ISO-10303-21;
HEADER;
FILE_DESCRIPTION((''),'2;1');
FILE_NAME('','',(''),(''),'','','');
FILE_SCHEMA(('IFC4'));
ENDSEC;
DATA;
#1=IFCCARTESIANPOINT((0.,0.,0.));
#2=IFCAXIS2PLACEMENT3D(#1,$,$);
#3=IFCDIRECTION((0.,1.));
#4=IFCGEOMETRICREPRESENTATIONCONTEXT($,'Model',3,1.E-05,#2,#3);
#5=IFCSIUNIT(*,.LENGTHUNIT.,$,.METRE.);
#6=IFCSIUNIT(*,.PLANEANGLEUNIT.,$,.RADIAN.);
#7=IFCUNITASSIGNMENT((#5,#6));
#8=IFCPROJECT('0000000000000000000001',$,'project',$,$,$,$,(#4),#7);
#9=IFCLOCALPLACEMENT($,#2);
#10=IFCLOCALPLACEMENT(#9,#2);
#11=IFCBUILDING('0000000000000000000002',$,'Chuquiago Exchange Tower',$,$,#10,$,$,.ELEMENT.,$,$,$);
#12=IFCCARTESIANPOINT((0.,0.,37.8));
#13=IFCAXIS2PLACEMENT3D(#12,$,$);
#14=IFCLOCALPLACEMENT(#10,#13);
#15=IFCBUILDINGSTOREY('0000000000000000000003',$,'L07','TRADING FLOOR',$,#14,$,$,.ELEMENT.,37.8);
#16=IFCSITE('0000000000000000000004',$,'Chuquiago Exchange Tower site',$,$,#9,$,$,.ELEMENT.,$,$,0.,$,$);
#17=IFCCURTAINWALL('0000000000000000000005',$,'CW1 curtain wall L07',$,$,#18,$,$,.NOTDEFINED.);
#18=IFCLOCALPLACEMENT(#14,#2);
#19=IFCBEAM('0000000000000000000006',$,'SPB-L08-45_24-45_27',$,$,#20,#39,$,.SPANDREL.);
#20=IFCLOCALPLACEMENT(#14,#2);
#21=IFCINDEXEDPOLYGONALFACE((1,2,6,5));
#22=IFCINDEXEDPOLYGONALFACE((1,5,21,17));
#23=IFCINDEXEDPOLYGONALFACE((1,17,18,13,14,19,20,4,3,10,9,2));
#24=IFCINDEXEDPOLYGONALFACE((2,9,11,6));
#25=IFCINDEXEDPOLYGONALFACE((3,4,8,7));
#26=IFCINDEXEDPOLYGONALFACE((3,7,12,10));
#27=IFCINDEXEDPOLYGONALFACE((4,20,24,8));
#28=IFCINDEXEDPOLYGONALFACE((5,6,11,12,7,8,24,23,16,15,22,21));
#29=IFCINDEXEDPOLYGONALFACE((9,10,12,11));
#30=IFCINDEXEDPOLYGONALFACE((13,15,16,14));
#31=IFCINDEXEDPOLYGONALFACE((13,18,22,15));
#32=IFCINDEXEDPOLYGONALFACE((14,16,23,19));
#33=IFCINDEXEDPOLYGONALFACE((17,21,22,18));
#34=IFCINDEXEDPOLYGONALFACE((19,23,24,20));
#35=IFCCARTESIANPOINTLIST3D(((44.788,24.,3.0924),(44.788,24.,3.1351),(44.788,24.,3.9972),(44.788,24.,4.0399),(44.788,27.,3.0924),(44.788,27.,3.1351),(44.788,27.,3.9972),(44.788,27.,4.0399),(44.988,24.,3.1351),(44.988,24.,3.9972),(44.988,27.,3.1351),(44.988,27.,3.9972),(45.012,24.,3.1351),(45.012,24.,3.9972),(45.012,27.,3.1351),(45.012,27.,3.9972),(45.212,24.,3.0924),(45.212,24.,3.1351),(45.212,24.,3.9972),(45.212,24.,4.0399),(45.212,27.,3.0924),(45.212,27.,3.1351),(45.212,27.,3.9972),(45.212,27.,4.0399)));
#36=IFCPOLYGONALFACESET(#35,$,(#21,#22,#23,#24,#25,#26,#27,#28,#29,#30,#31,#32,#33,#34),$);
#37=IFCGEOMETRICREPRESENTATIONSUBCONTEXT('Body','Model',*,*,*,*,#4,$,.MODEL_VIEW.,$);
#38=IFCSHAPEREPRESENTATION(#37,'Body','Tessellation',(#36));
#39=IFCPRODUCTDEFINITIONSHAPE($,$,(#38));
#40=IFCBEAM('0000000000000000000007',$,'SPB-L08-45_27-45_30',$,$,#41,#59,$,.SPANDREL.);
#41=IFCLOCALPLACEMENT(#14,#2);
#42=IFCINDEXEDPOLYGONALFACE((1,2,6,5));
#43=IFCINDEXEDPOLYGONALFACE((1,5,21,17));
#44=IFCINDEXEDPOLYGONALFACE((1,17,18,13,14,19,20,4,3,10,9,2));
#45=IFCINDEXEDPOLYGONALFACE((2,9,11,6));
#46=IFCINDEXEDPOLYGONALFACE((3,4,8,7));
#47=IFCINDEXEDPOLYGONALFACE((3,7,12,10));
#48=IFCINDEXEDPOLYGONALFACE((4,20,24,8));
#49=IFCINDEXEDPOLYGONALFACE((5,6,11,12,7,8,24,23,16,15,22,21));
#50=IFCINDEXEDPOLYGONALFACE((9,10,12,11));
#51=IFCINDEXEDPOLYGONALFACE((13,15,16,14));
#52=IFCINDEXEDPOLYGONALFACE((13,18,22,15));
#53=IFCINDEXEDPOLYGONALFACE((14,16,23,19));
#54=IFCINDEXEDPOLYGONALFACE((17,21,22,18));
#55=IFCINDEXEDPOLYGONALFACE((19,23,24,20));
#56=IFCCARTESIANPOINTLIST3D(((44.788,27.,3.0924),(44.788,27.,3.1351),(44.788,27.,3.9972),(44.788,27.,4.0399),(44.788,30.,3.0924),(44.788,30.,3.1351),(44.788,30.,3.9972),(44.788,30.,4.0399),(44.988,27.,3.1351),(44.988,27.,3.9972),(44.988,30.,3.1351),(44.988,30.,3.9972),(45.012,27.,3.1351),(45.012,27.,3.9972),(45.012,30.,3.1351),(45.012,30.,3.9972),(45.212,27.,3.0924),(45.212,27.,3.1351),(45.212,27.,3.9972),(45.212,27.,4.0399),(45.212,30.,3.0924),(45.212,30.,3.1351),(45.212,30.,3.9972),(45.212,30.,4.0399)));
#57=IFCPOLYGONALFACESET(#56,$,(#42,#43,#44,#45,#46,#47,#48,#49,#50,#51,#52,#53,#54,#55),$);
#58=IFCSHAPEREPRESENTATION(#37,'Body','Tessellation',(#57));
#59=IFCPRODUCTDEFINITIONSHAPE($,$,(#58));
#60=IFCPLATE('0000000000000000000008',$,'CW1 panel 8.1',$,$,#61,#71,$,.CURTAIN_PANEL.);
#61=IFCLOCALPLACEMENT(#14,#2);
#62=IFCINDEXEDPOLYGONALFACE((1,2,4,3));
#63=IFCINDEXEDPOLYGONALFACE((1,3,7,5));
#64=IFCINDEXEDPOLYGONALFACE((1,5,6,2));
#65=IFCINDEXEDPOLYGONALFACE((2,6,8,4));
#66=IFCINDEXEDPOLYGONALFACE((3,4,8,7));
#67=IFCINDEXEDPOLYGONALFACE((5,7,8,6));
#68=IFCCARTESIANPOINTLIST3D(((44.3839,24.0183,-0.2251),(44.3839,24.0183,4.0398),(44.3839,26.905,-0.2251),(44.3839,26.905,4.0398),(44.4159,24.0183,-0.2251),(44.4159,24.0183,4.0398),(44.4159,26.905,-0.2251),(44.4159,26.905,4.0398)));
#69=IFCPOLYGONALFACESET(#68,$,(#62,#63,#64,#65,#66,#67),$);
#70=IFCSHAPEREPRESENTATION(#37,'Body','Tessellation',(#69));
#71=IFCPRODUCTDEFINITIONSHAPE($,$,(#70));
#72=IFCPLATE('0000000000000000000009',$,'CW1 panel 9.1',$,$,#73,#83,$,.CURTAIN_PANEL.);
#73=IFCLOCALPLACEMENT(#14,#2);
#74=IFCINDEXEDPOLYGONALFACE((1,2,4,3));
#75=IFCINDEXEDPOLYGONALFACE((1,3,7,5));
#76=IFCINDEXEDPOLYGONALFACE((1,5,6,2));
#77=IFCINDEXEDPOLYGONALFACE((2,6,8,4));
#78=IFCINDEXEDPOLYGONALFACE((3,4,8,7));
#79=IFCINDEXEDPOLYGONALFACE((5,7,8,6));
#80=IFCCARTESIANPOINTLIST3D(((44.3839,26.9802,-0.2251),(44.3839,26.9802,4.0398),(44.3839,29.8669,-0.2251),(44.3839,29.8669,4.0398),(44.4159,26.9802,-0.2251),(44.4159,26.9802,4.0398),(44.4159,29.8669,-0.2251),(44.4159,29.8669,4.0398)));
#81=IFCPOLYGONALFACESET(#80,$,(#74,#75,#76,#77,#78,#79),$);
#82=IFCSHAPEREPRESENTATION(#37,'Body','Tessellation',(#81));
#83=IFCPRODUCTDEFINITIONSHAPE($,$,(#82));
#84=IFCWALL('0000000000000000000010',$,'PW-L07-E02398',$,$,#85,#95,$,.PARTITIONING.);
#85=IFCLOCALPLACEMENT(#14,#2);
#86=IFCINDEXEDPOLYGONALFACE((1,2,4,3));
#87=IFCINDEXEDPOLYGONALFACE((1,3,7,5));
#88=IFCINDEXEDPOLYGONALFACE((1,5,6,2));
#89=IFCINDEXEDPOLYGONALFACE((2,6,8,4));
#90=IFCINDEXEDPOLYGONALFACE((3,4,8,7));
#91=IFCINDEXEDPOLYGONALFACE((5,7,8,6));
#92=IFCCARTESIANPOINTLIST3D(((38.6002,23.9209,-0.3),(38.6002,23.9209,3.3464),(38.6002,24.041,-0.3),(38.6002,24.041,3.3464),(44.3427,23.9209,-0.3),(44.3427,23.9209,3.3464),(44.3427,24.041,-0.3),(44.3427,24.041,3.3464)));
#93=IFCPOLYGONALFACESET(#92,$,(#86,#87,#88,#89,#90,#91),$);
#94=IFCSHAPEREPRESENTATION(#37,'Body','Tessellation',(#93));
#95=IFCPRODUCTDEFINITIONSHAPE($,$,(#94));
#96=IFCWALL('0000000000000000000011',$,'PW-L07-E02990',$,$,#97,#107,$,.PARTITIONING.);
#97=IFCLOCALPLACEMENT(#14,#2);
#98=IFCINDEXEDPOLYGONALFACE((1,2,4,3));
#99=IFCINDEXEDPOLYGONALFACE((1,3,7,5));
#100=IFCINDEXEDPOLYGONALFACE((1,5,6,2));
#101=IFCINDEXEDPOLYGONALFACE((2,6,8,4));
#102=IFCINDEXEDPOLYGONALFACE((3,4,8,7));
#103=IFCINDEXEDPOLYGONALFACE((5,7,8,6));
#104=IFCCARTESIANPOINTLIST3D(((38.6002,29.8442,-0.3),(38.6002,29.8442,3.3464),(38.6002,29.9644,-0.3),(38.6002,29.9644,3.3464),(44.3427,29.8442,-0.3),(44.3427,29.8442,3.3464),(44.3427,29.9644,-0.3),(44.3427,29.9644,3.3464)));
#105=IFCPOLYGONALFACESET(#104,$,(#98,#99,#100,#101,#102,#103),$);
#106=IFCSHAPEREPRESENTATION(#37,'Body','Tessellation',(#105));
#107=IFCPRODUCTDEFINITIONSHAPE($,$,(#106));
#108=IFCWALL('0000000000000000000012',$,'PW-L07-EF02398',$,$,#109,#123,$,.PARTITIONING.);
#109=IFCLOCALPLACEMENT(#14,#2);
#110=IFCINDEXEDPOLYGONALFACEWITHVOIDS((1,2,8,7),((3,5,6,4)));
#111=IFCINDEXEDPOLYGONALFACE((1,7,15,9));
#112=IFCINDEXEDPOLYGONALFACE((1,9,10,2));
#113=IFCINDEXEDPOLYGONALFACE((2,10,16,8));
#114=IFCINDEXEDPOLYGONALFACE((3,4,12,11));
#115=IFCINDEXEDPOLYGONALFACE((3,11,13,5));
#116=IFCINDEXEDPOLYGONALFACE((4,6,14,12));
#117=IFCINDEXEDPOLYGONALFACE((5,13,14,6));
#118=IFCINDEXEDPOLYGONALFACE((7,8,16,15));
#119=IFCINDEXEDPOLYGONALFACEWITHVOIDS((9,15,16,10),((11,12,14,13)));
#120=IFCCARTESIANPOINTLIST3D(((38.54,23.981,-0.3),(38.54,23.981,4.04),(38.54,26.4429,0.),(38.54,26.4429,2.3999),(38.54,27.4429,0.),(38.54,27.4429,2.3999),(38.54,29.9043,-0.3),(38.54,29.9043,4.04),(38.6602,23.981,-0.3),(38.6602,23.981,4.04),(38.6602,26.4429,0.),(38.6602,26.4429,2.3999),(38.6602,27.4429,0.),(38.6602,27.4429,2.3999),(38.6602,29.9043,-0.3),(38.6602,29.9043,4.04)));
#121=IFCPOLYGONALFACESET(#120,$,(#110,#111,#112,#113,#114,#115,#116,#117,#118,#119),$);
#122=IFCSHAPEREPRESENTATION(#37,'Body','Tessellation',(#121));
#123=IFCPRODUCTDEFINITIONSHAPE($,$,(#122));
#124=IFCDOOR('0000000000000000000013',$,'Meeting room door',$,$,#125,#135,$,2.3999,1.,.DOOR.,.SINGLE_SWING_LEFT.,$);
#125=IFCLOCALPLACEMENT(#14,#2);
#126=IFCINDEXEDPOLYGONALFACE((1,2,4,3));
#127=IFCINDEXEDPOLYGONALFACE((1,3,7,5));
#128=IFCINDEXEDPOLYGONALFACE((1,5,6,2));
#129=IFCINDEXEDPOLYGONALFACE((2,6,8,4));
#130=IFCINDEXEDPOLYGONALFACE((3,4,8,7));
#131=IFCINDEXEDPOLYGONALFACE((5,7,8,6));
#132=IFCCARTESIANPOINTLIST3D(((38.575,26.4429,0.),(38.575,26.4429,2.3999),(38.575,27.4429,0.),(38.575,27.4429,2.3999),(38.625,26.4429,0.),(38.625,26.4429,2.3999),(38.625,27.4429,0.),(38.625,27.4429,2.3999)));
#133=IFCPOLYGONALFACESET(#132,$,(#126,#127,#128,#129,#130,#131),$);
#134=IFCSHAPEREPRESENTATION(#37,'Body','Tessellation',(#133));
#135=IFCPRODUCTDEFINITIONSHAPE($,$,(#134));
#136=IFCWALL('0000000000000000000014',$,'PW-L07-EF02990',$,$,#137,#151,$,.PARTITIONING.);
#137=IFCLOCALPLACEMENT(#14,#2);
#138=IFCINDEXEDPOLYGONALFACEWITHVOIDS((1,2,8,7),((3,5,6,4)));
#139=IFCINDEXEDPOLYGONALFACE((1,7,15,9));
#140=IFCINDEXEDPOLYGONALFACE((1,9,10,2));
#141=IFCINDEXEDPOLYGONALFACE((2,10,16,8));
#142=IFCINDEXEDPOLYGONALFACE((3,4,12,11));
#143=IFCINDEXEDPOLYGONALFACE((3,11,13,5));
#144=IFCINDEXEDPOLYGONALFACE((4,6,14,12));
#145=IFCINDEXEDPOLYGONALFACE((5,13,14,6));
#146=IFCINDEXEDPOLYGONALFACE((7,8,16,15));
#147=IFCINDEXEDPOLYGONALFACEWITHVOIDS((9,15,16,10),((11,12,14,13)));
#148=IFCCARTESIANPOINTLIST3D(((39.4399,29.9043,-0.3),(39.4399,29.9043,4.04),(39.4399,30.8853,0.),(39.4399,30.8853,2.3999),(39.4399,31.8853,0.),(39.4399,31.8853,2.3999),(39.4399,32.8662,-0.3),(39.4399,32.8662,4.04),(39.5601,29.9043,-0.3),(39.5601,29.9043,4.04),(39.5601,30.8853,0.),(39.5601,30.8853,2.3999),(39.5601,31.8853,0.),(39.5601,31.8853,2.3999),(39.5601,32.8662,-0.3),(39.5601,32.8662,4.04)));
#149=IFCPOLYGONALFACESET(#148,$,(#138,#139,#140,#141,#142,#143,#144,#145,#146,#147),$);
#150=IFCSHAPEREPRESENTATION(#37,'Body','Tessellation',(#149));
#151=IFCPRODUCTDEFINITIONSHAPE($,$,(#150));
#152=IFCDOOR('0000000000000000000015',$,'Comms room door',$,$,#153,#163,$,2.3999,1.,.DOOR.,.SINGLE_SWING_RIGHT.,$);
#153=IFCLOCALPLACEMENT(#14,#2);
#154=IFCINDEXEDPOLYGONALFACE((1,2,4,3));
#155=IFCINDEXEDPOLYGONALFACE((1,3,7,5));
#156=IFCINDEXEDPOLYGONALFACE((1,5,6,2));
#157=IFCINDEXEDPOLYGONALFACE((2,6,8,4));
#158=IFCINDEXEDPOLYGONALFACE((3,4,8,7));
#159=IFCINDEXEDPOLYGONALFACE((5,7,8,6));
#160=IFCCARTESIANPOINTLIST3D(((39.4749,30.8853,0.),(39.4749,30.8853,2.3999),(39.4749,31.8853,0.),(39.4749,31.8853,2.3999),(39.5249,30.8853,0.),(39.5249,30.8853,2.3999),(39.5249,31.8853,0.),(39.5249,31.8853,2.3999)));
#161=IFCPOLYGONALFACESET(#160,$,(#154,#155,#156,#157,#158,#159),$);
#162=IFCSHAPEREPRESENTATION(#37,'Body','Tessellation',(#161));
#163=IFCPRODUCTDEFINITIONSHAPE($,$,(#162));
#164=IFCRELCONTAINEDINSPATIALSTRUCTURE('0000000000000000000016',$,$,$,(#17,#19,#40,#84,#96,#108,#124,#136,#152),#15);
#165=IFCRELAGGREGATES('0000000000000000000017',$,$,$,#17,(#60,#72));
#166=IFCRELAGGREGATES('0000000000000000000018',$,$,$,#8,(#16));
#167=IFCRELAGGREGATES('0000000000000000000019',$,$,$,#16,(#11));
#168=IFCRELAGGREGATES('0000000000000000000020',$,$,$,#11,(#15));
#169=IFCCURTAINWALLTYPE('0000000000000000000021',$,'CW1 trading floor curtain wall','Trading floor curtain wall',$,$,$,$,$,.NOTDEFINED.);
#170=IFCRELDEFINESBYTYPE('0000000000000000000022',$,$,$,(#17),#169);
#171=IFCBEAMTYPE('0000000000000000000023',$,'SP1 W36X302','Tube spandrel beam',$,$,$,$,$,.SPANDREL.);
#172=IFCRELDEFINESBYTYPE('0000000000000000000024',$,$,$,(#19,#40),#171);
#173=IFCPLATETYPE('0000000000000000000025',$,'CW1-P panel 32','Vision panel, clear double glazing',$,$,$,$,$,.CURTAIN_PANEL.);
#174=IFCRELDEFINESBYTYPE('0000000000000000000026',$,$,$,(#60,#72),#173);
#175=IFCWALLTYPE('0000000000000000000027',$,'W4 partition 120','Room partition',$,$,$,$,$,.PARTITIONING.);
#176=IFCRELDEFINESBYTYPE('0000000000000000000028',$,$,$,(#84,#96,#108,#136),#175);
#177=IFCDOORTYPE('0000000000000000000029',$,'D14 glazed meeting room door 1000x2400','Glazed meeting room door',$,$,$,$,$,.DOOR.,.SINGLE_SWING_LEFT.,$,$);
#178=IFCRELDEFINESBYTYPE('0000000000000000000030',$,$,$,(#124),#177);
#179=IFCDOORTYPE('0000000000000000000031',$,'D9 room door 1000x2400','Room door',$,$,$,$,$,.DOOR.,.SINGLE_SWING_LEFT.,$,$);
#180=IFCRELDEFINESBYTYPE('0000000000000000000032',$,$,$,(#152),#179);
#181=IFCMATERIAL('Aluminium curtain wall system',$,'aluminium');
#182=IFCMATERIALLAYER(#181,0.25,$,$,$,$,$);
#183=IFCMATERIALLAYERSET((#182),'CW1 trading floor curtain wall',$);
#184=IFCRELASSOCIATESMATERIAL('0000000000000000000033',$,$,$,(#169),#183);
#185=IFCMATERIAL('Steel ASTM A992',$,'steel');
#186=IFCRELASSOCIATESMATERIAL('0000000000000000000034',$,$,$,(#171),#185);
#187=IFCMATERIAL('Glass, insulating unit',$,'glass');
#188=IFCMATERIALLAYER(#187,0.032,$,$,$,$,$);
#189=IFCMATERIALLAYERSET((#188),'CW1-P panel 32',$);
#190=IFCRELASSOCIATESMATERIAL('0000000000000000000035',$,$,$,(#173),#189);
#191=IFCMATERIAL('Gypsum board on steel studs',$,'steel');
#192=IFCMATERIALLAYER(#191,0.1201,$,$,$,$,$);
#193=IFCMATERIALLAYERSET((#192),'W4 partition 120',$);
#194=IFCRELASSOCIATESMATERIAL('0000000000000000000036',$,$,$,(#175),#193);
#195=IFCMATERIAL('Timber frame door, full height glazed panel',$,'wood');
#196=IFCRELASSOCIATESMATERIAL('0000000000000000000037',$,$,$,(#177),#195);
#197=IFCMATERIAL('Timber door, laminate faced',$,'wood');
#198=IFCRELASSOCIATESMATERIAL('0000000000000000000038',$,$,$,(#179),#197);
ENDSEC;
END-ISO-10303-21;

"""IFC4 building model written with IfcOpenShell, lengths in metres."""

from ifc_helpers import new_model, si_unit, direction, frame, frame_2d, origin, origin_2d, place, context, subcontext, project, spatial, rectangle, i_section, extrude, material, layer, layer_set, material_profile, profile_set, type_object, element, fill, aggregate, save


model = new_model("IFC4")

# Units and contexts
model_context = context("Model", 3, precision=1e-05, world=origin(), true_north=direction((0.0, 1.0)))
body_context = subcontext(model_context, "Body", "Model", "MODEL_VIEW")
ifc_project = project(units=[si_unit("LENGTHUNIT", "METRE"), si_unit("PLANEANGLEUNIT", "RADIAN")], contexts=[model_context])

# Site, building, storey
site_placement = place(None, origin())
site = spatial("IfcSite", under=ifc_project, at=site_placement, Name="Chuquiago Exchange Tower site", CompositionType="ELEMENT", RefElevation=0.0)
building_placement = place(site_placement, origin())
building = spatial("IfcBuilding", under=site, at=building_placement, Name="Chuquiago Exchange Tower", CompositionType="ELEMENT")
storey_placement = place(building_placement, frame((0.0, 0.0, 37.8)))
storey = spatial("IfcBuildingStorey", under=building, at=storey_placement, Name="L07", Description="TRADING FLOOR", CompositionType="ELEMENT", Elevation=37.8)

# Curtain wall
ifc_material_1 = material(Name="Aluminium curtain wall system", Category="aluminium")
ifc_layer_1 = layer(ifc_material_1, 0.25)
ifc_layer_set_1 = layer_set([ifc_layer_1], Name="CW1 trading floor curtain wall")
curtain_wall_type = type_object("IfcCurtainWallType", Name="CW1 trading floor curtain wall", Description="Trading floor curtain wall", PredefinedType="NOTDEFINED", material=ifc_layer_set_1)
curtain_wall_placement = place(storey_placement, origin())
curtain_wall = element("IfcCurtainWall", 1, at=curtain_wall_placement, inside=storey, type_object=curtain_wall_type, Name="CW1 curtain wall L07", PredefinedType="NOTDEFINED")

# Beams
ifc_material_2 = material(Name="Steel ASTM A992", Category="steel")
ifc_material_profile_1 = material_profile(ifc_material_2, i_section(OverallWidth=0.4241, OverallDepth=0.9475, WebThickness=0.0239, FlangeThickness=0.0427, at=origin_2d()), Name="W36X302")
ifc_profile_set_1 = profile_set([ifc_material_profile_1], Name="Steel ASTM A992")
beam_type_1 = type_object("IfcBeamType", Name="SP1 W36X302", Description="Tube spandrel beam", PredefinedType="SPANDREL", material=ifc_profile_set_1)
for number, where, z_axis, x_axis, name in (
    (2, (45.0, 24.0, 3.5662), (0.0, 1.0, 0.0), (-1.0, 0.0, 0.0), "SPB-L08-45_24-45_27"),
    (3, (45.0, 27.0, 3.5662), (0.0, 1.0, 0.0), (-1.0, 0.0, 0.0), "SPB-L08-45_27-45_30"),
):
    element("IfcBeam", number, at=place(storey_placement, frame(where, z_axis=z_axis, x_axis=x_axis)), inside=storey, type_object=beam_type_1, Name=name, PredefinedType="SPANDREL", context=body_context, shape_type="SweptSolid", body=[
        extrude(i_section(OverallWidth=0.4241, OverallDepth=0.9475, WebThickness=0.0239, FlangeThickness=0.0427, at=origin_2d()), origin(), (0.0, 0.0, 1.0), 3.0),
    ])

# Plates
ifc_material_3 = material(Name="Glass, insulating unit", Category="glass")
ifc_layer_2 = layer(ifc_material_3, 0.032)
ifc_layer_set_2 = layer_set([ifc_layer_2], Name="CW1-P panel 32")
plate_type = type_object("IfcPlateType", Name="CW1-P panel 32", Description="Vision panel, clear double glazing", PredefinedType="CURTAIN_PANEL", material=ifc_layer_set_2)
plate_1_placement = place(storey_placement, frame((44.3999, 25.4617, -0.2251), z_axis=(0.0, 0.0, 1.0), x_axis=(0.0, 1.0, 0.0)))
plate_1 = element("IfcPlate", 4, at=plate_1_placement, type_object=plate_type, Name="CW1 panel 8.1", PredefinedType="CURTAIN_PANEL", context=body_context, shape_type="SweptSolid", body=[
    extrude(rectangle(XDim=2.8867, YDim=0.032, at=origin_2d()), origin(), (0.0, 0.0, 1.0), 4.2649),
])
plate_2_placement = place(storey_placement, frame((44.3999, 28.4236, -0.2251), z_axis=(0.0, 0.0, 1.0), x_axis=(0.0, 1.0, 0.0)))
plate_2 = element("IfcPlate", 5, at=plate_2_placement, type_object=plate_type, Name="CW1 panel 9.1", PredefinedType="CURTAIN_PANEL", context=body_context, shape_type="SweptSolid", body=[
    extrude(rectangle(XDim=2.8867, YDim=0.032, at=origin_2d()), origin(), (0.0, 0.0, 1.0), 4.2649),
])
aggregate(curtain_wall, [plate_1, plate_2])

# Walls
ifc_material_4 = material(Name="Gypsum board on steel studs", Category="steel")
ifc_layer_3 = layer(ifc_material_4, 0.1201)
ifc_layer_set_3 = layer_set([ifc_layer_3], Name="W4 partition 120")
wall_type = type_object("IfcWallType", Name="W4 partition 120", Description="Room partition", PredefinedType="PARTITIONING", material=ifc_layer_set_3)
for number, where, z_axis, x_axis, name in (
    (6, (44.3425, 23.981, -0.3), (0.0, 0.0, 1.0), (-1.0, 0.0, 0.0), "PW-L07-E02398"),
    (7, (44.3425, 29.9043, -0.3), (0.0, 0.0, 1.0), (-1.0, 0.0, 0.0), "PW-L07-E02990"),
):
    element("IfcWall", number, at=place(storey_placement, frame(where, z_axis=z_axis, x_axis=x_axis)), inside=storey, type_object=wall_type, Name=name, PredefinedType="PARTITIONING", context=body_context, shape_type="SweptSolid", body=[
        extrude(rectangle(XDim=5.7424, YDim=0.1201, at=frame_2d((2.8711, 0.0))), origin(), (0.0, 0.0, 1.0), 3.6465),
    ])

# Walls, openings, doors
wall_1_placement = place(storey_placement, frame((38.6001, 23.981, -0.3), z_axis=(0.0, 0.0, 1.0), x_axis=(0.0, 1.0, 0.0)))
wall_1 = element("IfcWall", 8, at=wall_1_placement, inside=storey, type_object=wall_type, Name="PW-L07-EF02398", PredefinedType="PARTITIONING", context=body_context, shape_type="SweptSolid", body=[
    extrude(rectangle(XDim=5.9233, YDim=0.1201, at=frame_2d((2.9617, 0.0))), origin(), (0.0, 0.0, 1.0), 4.3401),
])
opening_1_placement = place(wall_1_placement, frame((2.4619, 0.0, 0.3)))
opening_1 = element("IfcOpeningElement", 9, at=opening_1_placement, cuts=wall_1, PredefinedType="OPENING", context=body_context, shape_type="SweptSolid", body=[
    extrude(rectangle(XDim=1.0, YDim=2.3999, at=frame_2d((0.5, 1.2))), frame((0.0, 0.0701, 0.0), z_axis=(0.0, -1.0, 0.0), x_axis=(1.0, 0.0, 0.0)), (0.0, 0.0, 1.0), 0.1401),
])
ifc_material_5 = material(Name="Timber frame door, full height glazed panel", Category="wood")
door_type_1 = type_object("IfcDoorType", Name="D14 glazed meeting room door 1000x2400", Description="Glazed meeting room door", OperationType="SINGLE_SWING_LEFT", PredefinedType="DOOR", material=ifc_material_5)
door_1_placement = place(opening_1_placement, frame((1.0, 0.0, 0.0), z_axis=(0.0, 0.0, 1.0), x_axis=(-1.0, 0.0, 0.0)))
door_1 = element("IfcDoor", 10, at=door_1_placement, inside=storey, type_object=door_type_1, Name="Meeting room door", OperationType="SINGLE_SWING_LEFT", OverallHeight=2.3999, OverallWidth=1.0, PredefinedType="DOOR", context=body_context, shape_type="SweptSolid", body=[
    extrude(rectangle(XDim=1.0, YDim=2.3999, at=frame_2d((0.5, 1.2))), frame((0.0, 0.0249, 0.0), z_axis=(0.0, -1.0, 0.0), x_axis=(1.0, 0.0, 0.0)), (0.0, 0.0, 1.0), 0.05),
])
fill(opening_1, door_1)
wall_2_placement = place(storey_placement, frame((39.5, 29.9043, -0.3), z_axis=(0.0, 0.0, 1.0), x_axis=(0.0, 1.0, 0.0)))
wall_2 = element("IfcWall", 11, at=wall_2_placement, inside=storey, type_object=wall_type, Name="PW-L07-EF02990", PredefinedType="PARTITIONING", context=body_context, shape_type="SweptSolid", body=[
    extrude(rectangle(XDim=2.9619, YDim=0.1201, at=frame_2d((1.481, 0.0))), origin(), (0.0, 0.0, 1.0), 4.3401),
])
opening_2_placement = place(wall_2_placement, frame((0.981, 0.0, 0.3)))
opening_2 = element("IfcOpeningElement", 12, at=opening_2_placement, cuts=wall_2, PredefinedType="OPENING", context=body_context, shape_type="SweptSolid", body=[
    extrude(rectangle(XDim=1.0, YDim=2.3999, at=frame_2d((0.5, 1.2))), frame((0.0, 0.0701, 0.0), z_axis=(0.0, -1.0, 0.0), x_axis=(1.0, 0.0, 0.0)), (0.0, 0.0, 1.0), 0.1401),
])
ifc_material_6 = material(Name="Timber door, laminate faced", Category="wood")
door_type_2 = type_object("IfcDoorType", Name="D9 room door 1000x2400", Description="Room door", OperationType="SINGLE_SWING_LEFT", PredefinedType="DOOR", material=ifc_material_6)
door_2_placement = place(opening_2_placement, frame((1.0, 0.0, 0.0), z_axis=(0.0, 0.0, 1.0), x_axis=(-1.0, 0.0, 0.0)))
door_2 = element("IfcDoor", 13, at=door_2_placement, inside=storey, type_object=door_type_2, Name="Comms room door", OperationType="SINGLE_SWING_RIGHT", OverallHeight=2.3999, OverallWidth=1.0, PredefinedType="DOOR", context=body_context, shape_type="SweptSolid", body=[
    extrude(rectangle(XDim=1.0, YDim=2.3999, at=frame_2d((0.5, 1.2))), frame((0.0, 0.0249, 0.0), z_axis=(0.0, -1.0, 0.0), x_axis=(1.0, 0.0, 0.0)), (0.0, 0.0, 1.0), 0.05),
])
fill(opening_2, door_2)

save(model, "model.ifc")
